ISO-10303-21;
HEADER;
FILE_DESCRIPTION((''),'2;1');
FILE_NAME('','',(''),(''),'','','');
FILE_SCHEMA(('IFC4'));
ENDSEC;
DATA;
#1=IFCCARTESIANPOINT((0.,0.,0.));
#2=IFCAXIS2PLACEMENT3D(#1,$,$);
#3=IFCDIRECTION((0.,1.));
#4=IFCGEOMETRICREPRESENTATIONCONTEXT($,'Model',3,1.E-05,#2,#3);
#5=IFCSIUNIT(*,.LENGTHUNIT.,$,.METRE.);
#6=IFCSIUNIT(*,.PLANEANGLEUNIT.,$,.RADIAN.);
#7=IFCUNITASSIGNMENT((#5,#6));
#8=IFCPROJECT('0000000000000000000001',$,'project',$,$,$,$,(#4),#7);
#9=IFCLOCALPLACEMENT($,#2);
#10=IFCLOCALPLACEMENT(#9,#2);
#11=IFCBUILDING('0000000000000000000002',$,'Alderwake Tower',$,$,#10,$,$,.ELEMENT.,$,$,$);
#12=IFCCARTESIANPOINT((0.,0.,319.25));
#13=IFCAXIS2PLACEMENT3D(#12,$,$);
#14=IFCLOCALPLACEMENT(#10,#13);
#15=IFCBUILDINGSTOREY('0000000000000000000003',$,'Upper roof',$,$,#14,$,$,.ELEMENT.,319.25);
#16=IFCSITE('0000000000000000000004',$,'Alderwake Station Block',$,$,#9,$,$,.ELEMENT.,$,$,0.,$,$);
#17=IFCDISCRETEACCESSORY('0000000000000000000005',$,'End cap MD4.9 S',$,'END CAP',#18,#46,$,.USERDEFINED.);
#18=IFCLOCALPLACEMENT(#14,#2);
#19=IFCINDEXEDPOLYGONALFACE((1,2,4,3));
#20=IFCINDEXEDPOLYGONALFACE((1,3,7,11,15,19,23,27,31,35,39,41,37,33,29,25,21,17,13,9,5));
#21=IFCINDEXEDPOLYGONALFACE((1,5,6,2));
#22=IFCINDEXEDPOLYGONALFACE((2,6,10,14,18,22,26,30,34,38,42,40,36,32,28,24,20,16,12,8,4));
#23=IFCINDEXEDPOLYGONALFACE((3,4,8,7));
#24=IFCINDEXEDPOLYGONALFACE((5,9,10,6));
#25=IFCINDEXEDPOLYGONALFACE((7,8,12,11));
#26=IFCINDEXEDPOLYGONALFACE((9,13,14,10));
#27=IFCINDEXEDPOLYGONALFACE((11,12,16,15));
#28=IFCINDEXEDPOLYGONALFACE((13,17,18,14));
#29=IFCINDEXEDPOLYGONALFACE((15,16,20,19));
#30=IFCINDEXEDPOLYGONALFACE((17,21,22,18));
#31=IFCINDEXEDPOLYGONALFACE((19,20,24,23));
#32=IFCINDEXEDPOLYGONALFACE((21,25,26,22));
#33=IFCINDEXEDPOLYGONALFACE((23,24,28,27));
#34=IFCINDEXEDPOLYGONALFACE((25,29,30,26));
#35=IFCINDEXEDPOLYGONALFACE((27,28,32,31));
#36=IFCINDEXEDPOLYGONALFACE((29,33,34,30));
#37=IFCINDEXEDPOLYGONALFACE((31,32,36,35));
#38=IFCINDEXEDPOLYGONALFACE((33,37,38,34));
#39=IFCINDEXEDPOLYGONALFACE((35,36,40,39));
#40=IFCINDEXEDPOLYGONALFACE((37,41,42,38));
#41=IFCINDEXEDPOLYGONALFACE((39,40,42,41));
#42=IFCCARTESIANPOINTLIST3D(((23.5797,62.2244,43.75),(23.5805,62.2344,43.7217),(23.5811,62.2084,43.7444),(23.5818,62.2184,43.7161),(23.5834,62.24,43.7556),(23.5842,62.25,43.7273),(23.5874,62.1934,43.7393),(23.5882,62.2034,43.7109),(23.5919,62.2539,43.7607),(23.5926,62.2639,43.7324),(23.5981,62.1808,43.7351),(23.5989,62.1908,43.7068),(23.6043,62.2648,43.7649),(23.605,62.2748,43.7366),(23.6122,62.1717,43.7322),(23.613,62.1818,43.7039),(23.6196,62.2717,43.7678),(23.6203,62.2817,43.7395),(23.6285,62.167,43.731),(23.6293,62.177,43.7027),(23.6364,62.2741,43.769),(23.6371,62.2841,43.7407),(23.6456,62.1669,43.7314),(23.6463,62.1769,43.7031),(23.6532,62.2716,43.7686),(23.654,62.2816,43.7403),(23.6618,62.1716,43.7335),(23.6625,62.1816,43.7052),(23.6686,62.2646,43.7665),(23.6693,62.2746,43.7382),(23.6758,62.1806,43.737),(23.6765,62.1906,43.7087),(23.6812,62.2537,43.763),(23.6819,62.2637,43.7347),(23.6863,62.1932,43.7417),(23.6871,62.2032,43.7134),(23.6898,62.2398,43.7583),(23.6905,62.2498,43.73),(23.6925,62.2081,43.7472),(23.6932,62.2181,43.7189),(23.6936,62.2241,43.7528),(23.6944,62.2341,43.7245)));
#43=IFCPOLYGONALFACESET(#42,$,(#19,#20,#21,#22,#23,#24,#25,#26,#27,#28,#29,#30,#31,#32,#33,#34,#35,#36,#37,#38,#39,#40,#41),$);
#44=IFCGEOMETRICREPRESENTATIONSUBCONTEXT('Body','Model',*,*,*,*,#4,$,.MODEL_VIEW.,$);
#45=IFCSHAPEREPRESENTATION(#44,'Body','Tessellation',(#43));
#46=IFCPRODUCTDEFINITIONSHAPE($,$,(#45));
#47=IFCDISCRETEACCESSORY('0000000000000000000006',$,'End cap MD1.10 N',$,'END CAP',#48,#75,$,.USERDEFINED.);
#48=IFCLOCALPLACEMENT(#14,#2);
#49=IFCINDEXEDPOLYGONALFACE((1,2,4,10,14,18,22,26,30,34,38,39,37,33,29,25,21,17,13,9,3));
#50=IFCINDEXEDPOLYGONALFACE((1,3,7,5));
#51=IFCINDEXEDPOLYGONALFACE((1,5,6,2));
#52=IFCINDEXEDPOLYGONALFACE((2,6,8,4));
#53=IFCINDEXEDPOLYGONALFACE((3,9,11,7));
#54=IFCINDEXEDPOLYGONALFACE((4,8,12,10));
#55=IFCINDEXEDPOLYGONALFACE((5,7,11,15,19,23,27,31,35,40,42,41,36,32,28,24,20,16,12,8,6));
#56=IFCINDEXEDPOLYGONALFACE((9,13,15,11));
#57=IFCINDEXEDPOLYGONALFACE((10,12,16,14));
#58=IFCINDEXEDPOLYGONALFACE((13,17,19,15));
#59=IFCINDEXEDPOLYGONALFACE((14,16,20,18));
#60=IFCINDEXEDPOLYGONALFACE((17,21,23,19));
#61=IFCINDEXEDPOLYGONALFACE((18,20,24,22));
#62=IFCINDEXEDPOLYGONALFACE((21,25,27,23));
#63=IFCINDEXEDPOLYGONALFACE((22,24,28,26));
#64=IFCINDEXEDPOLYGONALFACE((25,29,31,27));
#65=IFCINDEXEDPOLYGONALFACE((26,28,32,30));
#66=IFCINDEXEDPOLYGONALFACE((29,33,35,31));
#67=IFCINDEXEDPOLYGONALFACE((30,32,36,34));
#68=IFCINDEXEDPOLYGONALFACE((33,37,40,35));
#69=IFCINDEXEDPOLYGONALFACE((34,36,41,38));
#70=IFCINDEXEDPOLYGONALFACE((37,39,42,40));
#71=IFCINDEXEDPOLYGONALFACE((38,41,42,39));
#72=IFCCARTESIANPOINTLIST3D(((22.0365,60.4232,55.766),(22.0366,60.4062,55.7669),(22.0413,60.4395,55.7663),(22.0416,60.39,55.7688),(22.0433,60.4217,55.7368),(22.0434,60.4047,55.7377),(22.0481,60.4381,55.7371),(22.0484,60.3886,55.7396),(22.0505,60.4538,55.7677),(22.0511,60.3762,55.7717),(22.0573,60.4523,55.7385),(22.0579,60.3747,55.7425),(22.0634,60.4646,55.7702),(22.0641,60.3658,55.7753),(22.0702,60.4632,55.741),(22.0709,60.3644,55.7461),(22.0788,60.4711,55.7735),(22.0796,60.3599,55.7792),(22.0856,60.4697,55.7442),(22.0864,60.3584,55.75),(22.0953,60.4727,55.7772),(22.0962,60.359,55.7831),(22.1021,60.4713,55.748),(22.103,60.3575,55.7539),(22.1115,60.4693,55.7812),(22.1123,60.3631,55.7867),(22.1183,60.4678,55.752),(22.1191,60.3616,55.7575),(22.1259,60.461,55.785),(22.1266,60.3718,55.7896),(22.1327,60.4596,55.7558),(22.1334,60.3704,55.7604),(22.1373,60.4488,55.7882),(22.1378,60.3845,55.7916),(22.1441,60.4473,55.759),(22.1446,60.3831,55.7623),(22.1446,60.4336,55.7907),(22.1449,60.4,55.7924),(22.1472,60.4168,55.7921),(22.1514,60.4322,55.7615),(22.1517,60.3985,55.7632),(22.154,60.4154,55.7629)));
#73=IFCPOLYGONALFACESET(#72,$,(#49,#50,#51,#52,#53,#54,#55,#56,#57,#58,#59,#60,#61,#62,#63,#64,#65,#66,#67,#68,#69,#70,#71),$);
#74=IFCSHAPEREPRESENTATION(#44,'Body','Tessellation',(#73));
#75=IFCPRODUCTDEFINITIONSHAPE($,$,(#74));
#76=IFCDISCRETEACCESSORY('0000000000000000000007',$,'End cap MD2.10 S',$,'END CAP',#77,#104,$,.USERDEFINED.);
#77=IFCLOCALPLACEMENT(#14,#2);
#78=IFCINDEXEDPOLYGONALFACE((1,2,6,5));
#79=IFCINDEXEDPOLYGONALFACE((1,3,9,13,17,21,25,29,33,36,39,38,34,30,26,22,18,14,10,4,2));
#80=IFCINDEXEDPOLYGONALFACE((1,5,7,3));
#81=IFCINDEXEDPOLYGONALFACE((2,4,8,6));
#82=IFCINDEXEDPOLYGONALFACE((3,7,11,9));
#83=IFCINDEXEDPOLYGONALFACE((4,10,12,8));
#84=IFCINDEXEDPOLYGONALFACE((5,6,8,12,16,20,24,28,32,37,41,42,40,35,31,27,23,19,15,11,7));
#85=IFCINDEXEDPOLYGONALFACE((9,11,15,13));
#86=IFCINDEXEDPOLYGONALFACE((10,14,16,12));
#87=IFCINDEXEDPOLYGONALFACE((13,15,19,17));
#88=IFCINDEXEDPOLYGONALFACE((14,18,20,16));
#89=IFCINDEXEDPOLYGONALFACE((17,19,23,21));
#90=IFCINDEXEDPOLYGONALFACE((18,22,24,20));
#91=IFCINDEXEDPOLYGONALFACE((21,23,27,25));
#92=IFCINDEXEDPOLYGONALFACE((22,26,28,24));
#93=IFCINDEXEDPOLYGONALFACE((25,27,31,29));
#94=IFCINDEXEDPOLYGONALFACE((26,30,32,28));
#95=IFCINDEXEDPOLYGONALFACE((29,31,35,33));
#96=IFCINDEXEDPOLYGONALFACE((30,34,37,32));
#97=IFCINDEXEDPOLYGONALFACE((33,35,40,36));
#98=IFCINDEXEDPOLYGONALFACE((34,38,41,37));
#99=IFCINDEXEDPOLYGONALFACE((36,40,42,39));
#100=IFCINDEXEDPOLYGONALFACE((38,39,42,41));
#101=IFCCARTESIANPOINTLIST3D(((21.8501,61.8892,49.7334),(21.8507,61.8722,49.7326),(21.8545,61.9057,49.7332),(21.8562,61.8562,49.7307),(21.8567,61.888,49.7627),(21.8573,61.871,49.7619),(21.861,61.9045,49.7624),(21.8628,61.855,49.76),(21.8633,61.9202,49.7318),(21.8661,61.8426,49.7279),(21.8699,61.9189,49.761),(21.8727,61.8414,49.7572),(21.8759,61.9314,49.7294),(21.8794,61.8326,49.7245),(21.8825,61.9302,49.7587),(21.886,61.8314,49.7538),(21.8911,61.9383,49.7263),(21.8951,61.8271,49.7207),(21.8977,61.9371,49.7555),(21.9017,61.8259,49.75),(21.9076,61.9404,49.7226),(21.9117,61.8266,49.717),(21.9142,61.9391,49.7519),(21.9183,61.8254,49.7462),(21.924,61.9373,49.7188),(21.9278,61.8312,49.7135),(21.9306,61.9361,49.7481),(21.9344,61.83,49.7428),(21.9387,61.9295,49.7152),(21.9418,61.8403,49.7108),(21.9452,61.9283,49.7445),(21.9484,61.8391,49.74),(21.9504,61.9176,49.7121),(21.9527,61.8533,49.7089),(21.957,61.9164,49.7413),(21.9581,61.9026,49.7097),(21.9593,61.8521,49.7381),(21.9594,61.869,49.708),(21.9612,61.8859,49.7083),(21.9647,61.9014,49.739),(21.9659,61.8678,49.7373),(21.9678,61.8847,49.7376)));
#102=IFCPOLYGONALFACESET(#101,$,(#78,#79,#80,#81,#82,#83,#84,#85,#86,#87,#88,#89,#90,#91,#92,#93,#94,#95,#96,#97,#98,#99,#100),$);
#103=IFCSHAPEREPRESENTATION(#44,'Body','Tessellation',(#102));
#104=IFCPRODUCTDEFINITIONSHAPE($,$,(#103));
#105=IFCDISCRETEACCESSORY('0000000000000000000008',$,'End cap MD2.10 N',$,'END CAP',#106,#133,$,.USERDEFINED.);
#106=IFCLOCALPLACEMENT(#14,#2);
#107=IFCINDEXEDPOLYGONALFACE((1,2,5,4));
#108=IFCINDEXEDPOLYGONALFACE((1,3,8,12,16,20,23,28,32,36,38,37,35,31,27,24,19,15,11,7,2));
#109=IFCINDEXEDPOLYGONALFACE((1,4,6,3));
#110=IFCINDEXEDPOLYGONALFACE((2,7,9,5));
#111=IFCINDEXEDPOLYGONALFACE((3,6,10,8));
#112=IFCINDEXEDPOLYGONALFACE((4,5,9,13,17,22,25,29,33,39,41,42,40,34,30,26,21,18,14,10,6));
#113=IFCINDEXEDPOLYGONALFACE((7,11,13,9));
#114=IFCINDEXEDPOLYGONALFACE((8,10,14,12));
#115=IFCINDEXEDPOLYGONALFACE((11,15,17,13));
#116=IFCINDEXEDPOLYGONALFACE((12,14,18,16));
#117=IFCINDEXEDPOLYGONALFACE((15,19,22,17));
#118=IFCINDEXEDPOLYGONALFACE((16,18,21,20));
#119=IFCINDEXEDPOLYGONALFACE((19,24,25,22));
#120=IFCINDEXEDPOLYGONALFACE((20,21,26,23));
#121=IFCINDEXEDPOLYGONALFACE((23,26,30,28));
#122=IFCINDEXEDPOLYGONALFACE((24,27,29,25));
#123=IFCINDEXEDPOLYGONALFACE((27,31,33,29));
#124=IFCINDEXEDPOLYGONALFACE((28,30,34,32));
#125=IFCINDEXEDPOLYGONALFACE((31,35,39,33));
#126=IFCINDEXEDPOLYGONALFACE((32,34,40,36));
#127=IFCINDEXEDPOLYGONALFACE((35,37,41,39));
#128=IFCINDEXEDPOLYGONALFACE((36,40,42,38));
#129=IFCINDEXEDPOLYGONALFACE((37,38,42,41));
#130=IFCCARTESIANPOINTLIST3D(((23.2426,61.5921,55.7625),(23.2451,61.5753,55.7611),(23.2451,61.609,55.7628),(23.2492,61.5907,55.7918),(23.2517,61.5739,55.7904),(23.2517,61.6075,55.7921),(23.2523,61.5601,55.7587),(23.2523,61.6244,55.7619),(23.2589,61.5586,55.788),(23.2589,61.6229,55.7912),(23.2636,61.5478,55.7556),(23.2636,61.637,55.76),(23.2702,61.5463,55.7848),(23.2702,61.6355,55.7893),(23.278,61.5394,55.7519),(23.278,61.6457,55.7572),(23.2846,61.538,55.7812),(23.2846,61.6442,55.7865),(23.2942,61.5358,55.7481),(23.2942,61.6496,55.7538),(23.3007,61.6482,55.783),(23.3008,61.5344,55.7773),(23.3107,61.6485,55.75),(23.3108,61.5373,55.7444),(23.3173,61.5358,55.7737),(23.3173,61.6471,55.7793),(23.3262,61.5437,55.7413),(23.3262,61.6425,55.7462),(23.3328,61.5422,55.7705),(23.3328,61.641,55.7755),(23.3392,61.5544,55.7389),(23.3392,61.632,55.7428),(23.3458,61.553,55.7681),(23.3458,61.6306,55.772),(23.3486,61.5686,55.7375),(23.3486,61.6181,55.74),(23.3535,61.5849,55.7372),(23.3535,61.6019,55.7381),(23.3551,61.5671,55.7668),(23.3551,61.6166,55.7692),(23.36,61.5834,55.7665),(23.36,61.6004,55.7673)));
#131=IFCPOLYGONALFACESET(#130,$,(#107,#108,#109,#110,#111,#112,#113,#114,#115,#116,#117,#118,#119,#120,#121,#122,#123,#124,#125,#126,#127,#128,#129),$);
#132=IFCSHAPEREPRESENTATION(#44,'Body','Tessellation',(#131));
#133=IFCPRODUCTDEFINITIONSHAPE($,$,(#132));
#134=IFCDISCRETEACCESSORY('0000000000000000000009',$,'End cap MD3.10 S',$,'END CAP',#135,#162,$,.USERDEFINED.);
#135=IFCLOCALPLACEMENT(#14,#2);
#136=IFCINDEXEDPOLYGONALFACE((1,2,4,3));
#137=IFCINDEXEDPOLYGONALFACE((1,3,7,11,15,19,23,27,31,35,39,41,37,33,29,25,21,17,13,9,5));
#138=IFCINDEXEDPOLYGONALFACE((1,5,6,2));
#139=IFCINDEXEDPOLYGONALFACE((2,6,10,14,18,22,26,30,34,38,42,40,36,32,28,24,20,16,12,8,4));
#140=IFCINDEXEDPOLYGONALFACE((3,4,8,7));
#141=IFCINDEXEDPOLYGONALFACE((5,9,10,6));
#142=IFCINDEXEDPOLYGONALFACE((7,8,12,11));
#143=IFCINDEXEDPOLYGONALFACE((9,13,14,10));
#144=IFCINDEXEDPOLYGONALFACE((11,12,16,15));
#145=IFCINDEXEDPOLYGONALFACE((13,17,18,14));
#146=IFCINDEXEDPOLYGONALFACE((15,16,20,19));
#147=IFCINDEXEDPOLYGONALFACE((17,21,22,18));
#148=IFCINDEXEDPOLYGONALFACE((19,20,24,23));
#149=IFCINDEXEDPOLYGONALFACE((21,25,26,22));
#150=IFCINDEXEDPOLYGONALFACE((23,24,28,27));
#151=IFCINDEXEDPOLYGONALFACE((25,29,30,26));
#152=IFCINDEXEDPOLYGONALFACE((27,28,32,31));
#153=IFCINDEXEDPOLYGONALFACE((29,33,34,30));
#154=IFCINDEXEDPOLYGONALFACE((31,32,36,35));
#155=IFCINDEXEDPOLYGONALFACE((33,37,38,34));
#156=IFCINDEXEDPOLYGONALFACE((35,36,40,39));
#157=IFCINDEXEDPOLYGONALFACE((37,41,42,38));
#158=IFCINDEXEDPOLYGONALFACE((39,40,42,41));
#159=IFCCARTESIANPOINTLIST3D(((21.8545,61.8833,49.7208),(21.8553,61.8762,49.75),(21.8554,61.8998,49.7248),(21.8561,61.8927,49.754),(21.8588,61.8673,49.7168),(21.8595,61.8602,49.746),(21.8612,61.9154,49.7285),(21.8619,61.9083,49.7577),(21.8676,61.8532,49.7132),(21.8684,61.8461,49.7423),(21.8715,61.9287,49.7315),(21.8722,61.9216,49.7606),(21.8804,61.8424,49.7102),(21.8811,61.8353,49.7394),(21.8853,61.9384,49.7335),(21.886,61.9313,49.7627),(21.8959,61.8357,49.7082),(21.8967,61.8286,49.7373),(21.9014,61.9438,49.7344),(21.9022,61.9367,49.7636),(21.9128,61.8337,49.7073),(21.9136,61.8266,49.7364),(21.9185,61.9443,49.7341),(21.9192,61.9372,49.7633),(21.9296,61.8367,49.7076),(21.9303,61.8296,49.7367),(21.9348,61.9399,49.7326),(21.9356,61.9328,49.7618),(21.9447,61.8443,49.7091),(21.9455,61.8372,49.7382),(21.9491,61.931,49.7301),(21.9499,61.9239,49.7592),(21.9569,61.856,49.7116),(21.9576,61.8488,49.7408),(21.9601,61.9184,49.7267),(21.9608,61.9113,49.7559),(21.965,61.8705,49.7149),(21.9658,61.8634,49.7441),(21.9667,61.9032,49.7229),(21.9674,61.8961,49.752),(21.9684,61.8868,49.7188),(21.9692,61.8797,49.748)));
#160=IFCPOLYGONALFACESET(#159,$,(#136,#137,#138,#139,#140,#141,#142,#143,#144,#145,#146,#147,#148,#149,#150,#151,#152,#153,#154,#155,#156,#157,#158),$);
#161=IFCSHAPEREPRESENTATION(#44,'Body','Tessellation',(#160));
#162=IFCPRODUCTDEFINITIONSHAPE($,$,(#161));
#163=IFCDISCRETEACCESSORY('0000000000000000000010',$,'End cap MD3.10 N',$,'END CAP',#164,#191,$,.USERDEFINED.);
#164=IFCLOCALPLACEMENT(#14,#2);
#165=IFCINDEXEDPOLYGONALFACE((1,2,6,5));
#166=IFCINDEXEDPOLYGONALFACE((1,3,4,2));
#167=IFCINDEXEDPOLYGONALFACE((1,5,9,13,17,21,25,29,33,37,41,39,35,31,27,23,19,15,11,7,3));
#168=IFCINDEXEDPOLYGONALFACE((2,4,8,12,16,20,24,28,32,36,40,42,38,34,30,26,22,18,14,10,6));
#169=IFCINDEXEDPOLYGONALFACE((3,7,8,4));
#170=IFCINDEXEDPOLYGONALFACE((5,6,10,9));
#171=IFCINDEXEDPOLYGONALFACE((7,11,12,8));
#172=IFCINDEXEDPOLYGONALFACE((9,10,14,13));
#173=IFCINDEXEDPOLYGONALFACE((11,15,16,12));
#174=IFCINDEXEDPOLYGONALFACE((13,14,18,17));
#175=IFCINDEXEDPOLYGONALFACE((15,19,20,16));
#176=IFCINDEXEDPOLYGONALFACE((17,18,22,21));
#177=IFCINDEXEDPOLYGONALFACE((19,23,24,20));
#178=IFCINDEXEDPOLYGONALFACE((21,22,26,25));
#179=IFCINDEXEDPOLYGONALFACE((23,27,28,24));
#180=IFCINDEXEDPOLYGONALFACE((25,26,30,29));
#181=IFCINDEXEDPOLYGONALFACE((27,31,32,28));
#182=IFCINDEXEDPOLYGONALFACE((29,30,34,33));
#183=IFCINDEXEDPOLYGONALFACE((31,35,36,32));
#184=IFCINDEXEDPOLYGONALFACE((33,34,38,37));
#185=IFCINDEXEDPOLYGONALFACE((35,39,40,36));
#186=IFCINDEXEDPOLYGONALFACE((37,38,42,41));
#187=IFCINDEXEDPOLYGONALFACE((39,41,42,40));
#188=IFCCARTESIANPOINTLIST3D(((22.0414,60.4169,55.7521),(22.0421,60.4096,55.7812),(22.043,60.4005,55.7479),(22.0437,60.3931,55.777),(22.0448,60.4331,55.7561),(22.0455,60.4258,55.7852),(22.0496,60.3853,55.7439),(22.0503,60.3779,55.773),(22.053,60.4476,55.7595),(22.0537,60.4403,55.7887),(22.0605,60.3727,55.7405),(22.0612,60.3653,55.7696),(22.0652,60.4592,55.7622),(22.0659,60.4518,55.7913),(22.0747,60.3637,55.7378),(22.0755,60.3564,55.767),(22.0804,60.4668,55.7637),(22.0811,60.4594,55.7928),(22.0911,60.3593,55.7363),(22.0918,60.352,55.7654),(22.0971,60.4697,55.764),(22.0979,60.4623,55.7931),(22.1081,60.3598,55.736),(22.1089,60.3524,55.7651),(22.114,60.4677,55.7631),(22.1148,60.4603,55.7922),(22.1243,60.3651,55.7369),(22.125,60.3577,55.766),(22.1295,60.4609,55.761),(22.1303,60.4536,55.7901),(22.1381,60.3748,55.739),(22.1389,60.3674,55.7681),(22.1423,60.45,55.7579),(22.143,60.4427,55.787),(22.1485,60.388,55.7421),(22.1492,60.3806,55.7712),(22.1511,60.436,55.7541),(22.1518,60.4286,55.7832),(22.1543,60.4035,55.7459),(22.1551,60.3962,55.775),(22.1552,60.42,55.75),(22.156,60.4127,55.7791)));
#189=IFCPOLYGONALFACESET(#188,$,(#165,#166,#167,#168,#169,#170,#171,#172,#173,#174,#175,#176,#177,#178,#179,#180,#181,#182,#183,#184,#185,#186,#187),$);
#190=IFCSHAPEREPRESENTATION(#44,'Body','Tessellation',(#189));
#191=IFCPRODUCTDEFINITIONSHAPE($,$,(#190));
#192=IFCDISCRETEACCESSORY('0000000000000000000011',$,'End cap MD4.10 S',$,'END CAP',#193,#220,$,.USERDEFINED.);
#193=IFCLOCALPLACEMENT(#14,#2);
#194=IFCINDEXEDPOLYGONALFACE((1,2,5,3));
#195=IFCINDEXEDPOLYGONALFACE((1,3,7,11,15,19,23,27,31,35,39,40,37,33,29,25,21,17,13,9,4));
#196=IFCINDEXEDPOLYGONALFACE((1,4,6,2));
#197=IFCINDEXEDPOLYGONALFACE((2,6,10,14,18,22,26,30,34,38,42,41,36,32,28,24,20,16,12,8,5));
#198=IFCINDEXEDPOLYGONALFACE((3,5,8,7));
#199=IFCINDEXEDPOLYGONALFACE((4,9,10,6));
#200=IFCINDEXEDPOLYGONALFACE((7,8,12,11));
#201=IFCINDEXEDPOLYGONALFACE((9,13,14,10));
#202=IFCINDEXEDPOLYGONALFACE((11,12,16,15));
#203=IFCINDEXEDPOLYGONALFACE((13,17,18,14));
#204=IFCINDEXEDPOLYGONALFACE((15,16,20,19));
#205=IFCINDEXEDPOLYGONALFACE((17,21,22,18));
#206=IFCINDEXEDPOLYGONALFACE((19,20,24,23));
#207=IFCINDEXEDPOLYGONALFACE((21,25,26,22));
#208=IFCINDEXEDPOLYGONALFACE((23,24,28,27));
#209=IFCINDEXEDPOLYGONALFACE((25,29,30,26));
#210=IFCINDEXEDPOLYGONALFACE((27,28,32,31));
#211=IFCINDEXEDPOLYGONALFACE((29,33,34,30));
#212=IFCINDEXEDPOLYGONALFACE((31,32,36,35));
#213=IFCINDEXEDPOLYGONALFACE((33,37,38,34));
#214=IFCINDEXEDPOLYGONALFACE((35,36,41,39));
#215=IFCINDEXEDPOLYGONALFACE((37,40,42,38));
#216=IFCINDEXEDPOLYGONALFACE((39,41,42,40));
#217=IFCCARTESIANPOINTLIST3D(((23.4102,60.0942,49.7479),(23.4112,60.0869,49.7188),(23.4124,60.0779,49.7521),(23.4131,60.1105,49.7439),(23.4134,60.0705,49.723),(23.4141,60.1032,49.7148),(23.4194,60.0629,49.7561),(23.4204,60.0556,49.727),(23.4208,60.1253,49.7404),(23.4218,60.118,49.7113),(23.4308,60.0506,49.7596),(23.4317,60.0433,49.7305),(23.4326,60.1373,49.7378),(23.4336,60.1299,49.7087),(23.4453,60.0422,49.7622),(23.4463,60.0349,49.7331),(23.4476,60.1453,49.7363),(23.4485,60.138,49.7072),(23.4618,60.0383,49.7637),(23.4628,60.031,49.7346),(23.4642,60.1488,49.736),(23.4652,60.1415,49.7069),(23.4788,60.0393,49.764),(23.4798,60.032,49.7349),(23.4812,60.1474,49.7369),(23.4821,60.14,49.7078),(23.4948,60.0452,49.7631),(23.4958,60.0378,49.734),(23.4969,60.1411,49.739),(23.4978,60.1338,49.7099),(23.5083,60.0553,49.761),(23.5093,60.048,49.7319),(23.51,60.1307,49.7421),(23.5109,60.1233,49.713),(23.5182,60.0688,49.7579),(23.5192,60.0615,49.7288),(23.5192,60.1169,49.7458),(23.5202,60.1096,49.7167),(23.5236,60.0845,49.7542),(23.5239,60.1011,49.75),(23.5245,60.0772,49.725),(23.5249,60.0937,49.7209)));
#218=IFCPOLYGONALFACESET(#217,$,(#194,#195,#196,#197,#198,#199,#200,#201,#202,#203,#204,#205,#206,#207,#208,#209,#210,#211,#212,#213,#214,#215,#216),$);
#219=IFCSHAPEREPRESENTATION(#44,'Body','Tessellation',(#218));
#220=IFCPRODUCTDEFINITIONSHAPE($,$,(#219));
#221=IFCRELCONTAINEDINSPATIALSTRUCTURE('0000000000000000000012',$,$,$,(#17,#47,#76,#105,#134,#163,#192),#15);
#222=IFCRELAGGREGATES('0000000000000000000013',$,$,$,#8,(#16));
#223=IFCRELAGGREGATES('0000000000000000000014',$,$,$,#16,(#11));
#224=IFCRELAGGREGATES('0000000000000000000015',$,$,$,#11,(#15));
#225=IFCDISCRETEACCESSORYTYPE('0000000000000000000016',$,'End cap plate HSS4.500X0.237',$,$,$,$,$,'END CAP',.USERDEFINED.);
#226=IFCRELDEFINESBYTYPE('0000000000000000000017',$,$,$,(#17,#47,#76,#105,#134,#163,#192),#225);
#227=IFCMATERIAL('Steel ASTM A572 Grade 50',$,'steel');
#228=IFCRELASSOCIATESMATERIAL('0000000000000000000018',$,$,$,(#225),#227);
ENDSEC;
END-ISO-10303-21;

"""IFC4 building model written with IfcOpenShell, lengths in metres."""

from ifc_helpers import new_model, si_unit, direction, frame, origin, origin_2d, place, context, subcontext, project, spatial, circle, extrude, material, material_profile, profile_set, type_object, element, save


model = new_model("IFC4")

# Units and contexts
model_context = context("Model", 3, precision=1e-05, world=origin(), true_north=direction((0.0, 1.0)))
body_context = subcontext(model_context, "Body", "Model", "MODEL_VIEW")
ifc_project = project(units=[si_unit("LENGTHUNIT", "METRE"), si_unit("PLANEANGLEUNIT", "RADIAN")], contexts=[model_context])

# Site, building, storey
site_placement = place(None, origin())
site = spatial("IfcSite", under=ifc_project, at=site_placement, Name="Alderwake Station Block", CompositionType="ELEMENT", RefElevation=0.0)
building_placement = place(site_placement, origin())
building = spatial("IfcBuilding", under=site, at=building_placement, Name="Alderwake Tower", CompositionType="ELEMENT")
storey_placement = place(building_placement, frame((0.0, 0.0, 319.25)))
storey = spatial("IfcBuildingStorey", under=building, at=storey_placement, Name="Upper roof", CompositionType="ELEMENT", Elevation=319.25)

# Discrete accessories
ifc_material_1 = material(Name="Steel ASTM A572 Grade 50", Category="steel")
ifc_material_profile_1 = material_profile(ifc_material_1, circle(Radius=0.0571, at=origin_2d()), Name="HSS4.500X0.237 cap")
ifc_profile_set_1 = profile_set([ifc_material_profile_1], Name="Steel ASTM A572 Grade 50")
discrete_accessory_type = type_object("IfcDiscreteAccessoryType", Name="End cap plate HSS4.500X0.237", ElementType="END CAP", PredefinedType="USERDEFINED", material=ifc_profile_set_1)
for number, where, z_axis, x_axis, name in (
    (1, (23.6367, 62.2202, 43.75), (0.024377, 0.333146, -0.94256), (-0.997334, 0.072976, 0.0), "End cap MD4.9 S"),
    (2, (22.0984, 60.4143, 55.75), (-0.226961, 0.048634, 0.972689), (-0.209529, -0.977802, 0.0), "End cap MD1.10 N"),
    (3, (21.9121, 61.8821, 49.75), (-0.219331, 0.040617, -0.974805), (-0.182089, -0.983282, 0.0), "End cap MD2.10 S"),
    (4, (23.2983, 61.5928, 55.75), (0.219251, -0.048723, 0.974451), (0.21693, 0.976187, 0.0), "End cap MD2.10 N"),
    (5, (21.9121, 61.8821, 49.75), (-0.024486, 0.236697, -0.971275), (-0.994692, -0.102899, 0.0), "End cap MD3.10 S"),
    (6, (22.0984, 60.4143, 55.75), (0.024438, -0.244379, 0.969372), (0.995037, 0.099504, 0.0), "End cap MD3.10 N"),
    (7, (23.4673, 60.0935, 49.75), (0.032576, -0.244323, -0.969147), (0.991228, 0.132164, 0.0), "End cap MD4.10 S"),
):
    element("IfcDiscreteAccessory", number, at=place(storey_placement, frame(where, z_axis=z_axis, x_axis=x_axis)), inside=storey, type_object=discrete_accessory_type, Name=name, ObjectType="END CAP", PredefinedType="USERDEFINED", context=body_context, shape_type="SweptSolid", body=[
        extrude(circle(Radius=0.0571, at=origin_2d()), origin(), (0.0, 0.0, 1.0), 0.03),
    ])

save(model, "model.ifc")
